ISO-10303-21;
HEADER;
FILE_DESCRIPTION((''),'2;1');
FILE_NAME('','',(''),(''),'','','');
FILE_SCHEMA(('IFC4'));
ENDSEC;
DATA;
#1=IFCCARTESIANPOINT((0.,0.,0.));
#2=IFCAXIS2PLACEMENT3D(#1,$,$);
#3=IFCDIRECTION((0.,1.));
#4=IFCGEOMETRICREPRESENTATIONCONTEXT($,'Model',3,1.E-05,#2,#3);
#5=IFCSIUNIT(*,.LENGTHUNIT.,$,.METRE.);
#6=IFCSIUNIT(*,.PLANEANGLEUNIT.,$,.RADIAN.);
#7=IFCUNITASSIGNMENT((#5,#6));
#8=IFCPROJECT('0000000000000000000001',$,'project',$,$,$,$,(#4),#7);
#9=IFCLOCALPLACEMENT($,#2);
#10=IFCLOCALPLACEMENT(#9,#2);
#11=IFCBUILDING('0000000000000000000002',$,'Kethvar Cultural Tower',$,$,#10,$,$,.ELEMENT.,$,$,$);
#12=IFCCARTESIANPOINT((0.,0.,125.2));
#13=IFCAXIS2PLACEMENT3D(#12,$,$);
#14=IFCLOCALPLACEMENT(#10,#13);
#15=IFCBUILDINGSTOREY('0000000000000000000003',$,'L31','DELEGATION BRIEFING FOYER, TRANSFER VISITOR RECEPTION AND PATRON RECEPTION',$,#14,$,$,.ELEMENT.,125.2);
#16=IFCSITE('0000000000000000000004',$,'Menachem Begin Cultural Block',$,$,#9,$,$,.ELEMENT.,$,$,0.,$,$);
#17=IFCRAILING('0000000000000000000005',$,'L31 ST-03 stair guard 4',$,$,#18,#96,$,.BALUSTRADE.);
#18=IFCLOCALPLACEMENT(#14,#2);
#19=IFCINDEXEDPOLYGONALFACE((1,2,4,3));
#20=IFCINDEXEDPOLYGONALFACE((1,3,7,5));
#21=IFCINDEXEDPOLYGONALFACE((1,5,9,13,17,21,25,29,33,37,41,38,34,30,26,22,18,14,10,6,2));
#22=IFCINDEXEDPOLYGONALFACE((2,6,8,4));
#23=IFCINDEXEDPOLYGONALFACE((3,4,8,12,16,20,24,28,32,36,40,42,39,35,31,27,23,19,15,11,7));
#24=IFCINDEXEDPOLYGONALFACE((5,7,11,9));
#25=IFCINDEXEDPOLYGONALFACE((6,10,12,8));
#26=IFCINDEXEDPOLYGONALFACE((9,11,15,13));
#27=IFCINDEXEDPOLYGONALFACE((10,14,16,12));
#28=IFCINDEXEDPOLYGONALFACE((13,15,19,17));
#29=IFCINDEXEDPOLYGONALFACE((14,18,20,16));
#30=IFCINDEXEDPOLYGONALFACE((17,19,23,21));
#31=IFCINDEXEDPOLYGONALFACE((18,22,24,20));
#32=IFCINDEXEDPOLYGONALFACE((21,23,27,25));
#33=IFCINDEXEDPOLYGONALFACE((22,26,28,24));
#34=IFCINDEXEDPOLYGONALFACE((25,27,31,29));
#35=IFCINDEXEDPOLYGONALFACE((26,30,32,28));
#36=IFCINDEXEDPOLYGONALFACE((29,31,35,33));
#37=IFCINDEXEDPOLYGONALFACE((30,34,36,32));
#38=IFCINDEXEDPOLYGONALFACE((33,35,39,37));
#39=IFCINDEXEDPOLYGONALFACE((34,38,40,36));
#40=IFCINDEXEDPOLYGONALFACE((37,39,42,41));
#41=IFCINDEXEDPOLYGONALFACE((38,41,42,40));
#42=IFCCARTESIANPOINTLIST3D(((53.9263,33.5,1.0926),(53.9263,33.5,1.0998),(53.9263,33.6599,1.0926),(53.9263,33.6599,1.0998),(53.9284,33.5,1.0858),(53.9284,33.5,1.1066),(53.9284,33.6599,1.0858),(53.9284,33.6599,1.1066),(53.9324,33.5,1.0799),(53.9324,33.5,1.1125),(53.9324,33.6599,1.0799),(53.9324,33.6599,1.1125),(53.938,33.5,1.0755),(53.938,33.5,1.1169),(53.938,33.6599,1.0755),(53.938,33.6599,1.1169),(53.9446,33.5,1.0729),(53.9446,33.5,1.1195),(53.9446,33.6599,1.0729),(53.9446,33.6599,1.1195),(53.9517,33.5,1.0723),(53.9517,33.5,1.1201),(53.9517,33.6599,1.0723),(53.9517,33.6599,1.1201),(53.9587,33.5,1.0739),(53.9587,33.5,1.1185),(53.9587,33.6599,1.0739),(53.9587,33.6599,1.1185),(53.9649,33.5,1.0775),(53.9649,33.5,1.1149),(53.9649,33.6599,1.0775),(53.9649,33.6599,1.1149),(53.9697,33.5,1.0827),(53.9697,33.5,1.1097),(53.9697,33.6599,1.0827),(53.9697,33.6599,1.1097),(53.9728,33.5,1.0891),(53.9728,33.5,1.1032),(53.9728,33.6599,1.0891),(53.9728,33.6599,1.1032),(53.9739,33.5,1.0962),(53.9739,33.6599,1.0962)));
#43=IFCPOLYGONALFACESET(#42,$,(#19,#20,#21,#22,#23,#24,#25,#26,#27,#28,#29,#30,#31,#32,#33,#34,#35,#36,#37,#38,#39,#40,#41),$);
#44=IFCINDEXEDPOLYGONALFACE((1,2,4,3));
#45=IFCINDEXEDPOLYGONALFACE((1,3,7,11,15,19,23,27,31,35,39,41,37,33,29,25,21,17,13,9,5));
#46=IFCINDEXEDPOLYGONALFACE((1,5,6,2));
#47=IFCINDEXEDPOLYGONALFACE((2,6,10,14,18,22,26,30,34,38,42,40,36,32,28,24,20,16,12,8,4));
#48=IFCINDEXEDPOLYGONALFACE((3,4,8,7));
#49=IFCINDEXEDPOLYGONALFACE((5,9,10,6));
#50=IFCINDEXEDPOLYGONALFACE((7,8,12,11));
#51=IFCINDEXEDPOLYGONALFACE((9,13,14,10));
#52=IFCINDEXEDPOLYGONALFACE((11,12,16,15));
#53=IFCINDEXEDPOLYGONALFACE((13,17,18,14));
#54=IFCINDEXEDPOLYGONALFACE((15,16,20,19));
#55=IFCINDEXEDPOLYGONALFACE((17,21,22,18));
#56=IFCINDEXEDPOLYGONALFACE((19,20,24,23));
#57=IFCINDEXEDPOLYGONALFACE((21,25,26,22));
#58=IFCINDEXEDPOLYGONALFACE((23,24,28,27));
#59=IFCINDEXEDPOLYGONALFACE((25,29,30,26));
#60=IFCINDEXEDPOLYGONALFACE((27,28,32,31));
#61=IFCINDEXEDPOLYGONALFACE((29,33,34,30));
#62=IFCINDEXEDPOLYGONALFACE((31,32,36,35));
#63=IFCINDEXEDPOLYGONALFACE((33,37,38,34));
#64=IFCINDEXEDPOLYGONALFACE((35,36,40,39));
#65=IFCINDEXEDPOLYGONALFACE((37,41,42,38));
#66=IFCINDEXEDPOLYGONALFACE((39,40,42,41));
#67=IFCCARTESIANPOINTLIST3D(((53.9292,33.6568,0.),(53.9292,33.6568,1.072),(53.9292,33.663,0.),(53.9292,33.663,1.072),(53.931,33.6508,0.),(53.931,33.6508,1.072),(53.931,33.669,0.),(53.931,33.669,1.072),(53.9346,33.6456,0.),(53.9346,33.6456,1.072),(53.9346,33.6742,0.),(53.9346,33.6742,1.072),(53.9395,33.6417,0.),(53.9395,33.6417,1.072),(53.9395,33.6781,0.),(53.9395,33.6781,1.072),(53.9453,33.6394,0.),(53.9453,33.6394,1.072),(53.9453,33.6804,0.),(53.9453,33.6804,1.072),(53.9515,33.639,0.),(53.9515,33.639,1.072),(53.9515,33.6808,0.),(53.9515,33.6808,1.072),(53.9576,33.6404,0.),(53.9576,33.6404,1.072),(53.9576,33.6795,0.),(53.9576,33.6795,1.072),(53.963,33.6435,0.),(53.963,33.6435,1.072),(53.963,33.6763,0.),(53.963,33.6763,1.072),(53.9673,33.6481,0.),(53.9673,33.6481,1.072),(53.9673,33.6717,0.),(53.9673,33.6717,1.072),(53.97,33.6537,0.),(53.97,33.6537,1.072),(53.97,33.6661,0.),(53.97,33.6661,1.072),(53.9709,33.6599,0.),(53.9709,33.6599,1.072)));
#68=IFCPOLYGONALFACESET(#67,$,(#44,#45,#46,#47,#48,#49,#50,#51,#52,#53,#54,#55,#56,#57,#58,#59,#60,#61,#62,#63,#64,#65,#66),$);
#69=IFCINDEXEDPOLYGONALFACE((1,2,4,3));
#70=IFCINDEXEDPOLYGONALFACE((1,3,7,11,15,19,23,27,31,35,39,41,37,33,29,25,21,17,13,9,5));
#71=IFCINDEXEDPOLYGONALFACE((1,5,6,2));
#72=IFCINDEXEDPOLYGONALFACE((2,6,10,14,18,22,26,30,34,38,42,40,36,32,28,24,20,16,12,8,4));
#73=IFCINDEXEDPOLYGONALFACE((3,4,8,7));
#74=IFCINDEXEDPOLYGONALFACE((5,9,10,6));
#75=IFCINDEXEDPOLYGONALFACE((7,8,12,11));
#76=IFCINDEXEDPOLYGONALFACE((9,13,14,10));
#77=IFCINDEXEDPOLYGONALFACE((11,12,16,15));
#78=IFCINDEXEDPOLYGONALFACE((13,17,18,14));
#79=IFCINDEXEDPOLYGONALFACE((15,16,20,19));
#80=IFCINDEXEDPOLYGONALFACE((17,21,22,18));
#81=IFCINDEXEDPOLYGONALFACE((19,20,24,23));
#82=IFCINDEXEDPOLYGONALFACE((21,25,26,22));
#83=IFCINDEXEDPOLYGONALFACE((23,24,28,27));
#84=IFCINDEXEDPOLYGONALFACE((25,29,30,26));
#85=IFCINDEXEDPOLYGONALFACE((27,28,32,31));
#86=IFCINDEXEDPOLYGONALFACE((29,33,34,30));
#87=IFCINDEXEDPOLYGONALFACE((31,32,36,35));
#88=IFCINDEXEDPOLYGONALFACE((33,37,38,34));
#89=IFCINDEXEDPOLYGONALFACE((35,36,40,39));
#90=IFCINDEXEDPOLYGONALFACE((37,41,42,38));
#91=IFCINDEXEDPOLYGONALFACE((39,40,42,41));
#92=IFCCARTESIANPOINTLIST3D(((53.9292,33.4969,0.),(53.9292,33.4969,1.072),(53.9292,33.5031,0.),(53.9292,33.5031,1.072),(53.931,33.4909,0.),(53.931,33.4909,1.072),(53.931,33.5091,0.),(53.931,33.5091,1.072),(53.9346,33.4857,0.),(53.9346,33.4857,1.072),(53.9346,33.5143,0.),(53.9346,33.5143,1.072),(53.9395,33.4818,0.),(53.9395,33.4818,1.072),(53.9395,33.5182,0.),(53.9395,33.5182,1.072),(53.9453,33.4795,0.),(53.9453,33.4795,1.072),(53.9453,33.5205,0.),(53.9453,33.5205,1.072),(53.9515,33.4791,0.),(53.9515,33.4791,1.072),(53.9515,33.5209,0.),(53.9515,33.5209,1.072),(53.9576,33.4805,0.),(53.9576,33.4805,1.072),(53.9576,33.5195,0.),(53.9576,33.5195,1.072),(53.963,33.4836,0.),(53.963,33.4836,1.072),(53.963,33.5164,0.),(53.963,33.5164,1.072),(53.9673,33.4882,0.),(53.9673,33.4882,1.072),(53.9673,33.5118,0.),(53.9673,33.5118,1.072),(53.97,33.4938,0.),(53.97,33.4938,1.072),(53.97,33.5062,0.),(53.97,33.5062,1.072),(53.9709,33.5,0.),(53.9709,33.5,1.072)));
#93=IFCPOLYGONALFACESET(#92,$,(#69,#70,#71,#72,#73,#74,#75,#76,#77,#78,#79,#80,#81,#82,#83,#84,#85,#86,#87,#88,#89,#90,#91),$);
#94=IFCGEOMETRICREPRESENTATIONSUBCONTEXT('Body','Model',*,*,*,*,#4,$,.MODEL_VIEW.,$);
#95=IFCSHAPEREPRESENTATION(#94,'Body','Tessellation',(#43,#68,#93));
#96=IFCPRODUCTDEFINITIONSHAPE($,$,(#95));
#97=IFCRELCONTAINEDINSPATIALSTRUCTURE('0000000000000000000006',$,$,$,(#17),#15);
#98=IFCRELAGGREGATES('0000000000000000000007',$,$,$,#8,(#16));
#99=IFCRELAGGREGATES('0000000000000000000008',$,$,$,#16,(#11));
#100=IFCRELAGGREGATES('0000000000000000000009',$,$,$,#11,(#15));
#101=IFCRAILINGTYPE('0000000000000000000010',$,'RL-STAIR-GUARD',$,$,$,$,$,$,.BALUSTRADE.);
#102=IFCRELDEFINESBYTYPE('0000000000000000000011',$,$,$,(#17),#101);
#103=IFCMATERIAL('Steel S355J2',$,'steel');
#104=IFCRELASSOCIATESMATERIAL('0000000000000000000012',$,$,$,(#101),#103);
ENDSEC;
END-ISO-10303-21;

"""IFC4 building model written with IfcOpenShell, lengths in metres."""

from ifc_helpers import new_model, si_unit, direction, frame, origin, origin_2d, place, context, subcontext, project, spatial, circle, extrude, material, type_object, element, save


model = new_model("IFC4")

# Units and contexts
model_context = context("Model", 3, precision=1e-05, world=origin(), true_north=direction((0.0, 1.0)))
body_context = subcontext(model_context, "Body", "Model", "MODEL_VIEW")
ifc_project = project(units=[si_unit("LENGTHUNIT", "METRE"), si_unit("PLANEANGLEUNIT", "RADIAN")], contexts=[model_context])

# Site, building, storey
site_placement = place(None, origin())
site = spatial("IfcSite", under=ifc_project, at=site_placement, Name="Menachem Begin Cultural Block", CompositionType="ELEMENT", RefElevation=0.0)
building_placement = place(site_placement, origin())
building = spatial("IfcBuilding", under=site, at=building_placement, Name="Kethvar Cultural Tower", CompositionType="ELEMENT")
storey_placement = place(building_placement, frame((0.0, 0.0, 125.2)))
storey = spatial("IfcBuildingStorey", under=building, at=storey_placement, Name="L31", Description="DELEGATION BRIEFING FOYER, TRANSFER VISITOR RECEPTION AND PATRON RECEPTION", CompositionType="ELEMENT", Elevation=125.2)

# Shared definitions
ifc_material_1 = material(Name="Steel S355J2", Category="steel")

# Railing
railing_type_1 = type_object("IfcRailingType", Name="RL-STAIR-GUARD", PredefinedType="BALUSTRADE", material=ifc_material_1)
railing_1_placement = place(storey_placement, frame((53.95, 33.6599, 0.0)))
element("IfcRailing", 1, at=railing_1_placement, inside=storey, type_object=railing_type_1, Name="L31 ST-03 stair guard 4", PredefinedType="BALUSTRADE", context=body_context, shape_type="SweptSolid", body=[
    extrude(circle(Radius=0.0239, at=origin_2d()), frame((0.0, 0.0, 1.0962), z_axis=(0.0, -1.0, 0.0), x_axis=(1.0, 0.0, 0.0)), (0.0, 0.0, 1.0), 0.1599),
    extrude(circle(Radius=0.021, at=origin_2d()), origin(), (0.0, 0.0, 1.0), 1.072),
    extrude(circle(Radius=0.021, at=origin_2d()), frame((0.0, -0.1599, 0.0)), (0.0, 0.0, 1.0), 1.072),
])

save(model, "model.ifc")
